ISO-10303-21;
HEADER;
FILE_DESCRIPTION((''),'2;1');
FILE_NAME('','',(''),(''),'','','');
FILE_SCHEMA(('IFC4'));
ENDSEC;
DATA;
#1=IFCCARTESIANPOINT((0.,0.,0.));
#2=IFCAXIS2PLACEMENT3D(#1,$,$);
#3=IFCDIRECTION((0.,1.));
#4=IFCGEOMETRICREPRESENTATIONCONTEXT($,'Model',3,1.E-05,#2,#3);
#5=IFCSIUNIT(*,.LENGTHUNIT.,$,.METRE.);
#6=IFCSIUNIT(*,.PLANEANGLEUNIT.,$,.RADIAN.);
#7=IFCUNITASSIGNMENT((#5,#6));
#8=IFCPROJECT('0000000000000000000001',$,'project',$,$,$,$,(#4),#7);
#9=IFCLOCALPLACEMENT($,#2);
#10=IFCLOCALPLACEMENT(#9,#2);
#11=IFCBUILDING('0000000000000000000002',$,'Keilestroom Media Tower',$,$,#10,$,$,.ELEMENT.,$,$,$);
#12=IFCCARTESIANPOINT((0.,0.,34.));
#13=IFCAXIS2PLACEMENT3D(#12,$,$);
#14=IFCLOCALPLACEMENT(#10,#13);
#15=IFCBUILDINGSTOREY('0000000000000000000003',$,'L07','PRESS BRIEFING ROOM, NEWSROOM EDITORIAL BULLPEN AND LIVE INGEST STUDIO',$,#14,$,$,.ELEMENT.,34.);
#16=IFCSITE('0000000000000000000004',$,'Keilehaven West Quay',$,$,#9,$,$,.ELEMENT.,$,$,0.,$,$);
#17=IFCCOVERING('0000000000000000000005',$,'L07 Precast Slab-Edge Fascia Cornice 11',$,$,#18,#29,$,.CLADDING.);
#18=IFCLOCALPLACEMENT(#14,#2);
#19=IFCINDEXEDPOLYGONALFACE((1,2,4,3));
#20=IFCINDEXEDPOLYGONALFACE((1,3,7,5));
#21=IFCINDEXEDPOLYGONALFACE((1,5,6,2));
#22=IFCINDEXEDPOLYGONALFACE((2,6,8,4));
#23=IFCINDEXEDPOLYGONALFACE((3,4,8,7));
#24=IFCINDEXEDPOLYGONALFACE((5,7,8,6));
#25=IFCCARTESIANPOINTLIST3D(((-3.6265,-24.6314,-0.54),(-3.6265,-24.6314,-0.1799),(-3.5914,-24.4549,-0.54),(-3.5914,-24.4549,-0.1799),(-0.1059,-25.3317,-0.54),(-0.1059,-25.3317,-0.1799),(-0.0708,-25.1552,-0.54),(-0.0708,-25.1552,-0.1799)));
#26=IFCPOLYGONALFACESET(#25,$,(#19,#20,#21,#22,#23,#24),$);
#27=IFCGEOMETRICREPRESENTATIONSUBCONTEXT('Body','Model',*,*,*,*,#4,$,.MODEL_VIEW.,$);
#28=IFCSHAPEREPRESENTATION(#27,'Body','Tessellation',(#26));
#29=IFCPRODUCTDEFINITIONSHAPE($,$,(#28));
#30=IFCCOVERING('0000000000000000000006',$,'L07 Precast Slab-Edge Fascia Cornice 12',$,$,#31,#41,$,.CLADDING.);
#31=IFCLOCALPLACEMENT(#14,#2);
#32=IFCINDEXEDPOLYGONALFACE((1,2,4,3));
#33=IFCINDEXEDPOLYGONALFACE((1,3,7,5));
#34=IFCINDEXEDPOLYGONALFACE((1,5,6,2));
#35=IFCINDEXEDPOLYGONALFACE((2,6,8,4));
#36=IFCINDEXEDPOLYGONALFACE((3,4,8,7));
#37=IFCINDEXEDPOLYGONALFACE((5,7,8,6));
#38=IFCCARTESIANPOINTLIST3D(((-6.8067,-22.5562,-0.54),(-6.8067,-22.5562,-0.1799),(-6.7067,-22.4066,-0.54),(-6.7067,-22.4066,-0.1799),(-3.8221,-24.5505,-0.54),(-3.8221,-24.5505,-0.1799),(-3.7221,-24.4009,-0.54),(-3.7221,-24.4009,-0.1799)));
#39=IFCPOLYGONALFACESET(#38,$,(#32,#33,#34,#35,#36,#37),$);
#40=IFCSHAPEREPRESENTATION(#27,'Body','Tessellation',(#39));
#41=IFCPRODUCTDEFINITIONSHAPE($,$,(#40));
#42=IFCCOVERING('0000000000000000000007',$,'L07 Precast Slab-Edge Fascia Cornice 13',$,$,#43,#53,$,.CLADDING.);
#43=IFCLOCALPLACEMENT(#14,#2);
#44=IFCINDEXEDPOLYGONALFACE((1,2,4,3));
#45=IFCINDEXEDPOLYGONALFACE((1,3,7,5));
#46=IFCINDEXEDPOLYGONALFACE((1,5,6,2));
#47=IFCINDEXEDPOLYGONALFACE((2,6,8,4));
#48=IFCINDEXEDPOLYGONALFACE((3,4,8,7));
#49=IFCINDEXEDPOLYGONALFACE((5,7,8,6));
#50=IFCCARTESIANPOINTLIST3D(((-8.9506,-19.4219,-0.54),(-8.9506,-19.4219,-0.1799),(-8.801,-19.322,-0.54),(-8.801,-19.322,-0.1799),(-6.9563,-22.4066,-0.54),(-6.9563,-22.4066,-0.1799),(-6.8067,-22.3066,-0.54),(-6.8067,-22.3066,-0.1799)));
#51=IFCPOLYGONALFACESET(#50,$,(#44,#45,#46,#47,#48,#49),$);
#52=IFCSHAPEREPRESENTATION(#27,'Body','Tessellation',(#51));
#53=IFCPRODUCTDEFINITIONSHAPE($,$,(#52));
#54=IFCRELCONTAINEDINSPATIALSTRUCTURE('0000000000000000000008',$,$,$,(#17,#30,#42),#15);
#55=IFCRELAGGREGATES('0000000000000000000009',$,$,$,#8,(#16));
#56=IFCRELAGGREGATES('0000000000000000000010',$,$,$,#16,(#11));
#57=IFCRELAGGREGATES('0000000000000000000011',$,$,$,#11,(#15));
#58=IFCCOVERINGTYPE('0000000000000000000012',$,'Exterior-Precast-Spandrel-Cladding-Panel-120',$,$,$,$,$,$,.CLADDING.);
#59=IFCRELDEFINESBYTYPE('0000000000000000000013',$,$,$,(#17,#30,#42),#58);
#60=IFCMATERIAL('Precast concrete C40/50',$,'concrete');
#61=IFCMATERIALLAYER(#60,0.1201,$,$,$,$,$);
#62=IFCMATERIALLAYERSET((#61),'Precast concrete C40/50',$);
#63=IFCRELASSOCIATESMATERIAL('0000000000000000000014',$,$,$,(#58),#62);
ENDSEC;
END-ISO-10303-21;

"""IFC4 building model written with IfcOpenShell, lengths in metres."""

from ifc_helpers import new_model, si_unit, direction, frame, origin, origin_2d, place, context, subcontext, project, spatial, rectangle, extrude, source, transform, mapped, material, layer, layer_set, type_object, element, save


model = new_model("IFC4")

# Units and contexts
model_context = context("Model", 3, precision=1e-05, world=origin(), true_north=direction((0.0, 1.0)))
body_context = subcontext(model_context, "Body", "Model", "MODEL_VIEW")
ifc_project = project(units=[si_unit("LENGTHUNIT", "METRE"), si_unit("PLANEANGLEUNIT", "RADIAN")], contexts=[model_context])

# Site, building, storey
site_placement = place(None, origin())
site = spatial("IfcSite", under=ifc_project, at=site_placement, Name="Keilehaven West Quay", CompositionType="ELEMENT", RefElevation=0.0)
building_placement = place(site_placement, origin())
building = spatial("IfcBuilding", under=site, at=building_placement, Name="Keilestroom Media Tower", CompositionType="ELEMENT")
storey_placement = place(building_placement, frame((0.0, 0.0, 34.0)))
storey = spatial("IfcBuildingStorey", under=building, at=storey_placement, Name="L07", Description="PRESS BRIEFING ROOM, NEWSROOM EDITORIAL BULLPEN AND LIVE INGEST STUDIO", CompositionType="ELEMENT", Elevation=34.0)

# Shared definitions
ifc_material_1 = material(Name="Precast concrete C40/50", Category="concrete")

# Coverings
ifc_layer_1 = layer(ifc_material_1, 0.1201)
ifc_layer_set_1 = layer_set([ifc_layer_1], Name="Precast concrete C40/50")
covering_type = type_object("IfcCoveringType", Name="Exterior-Precast-Spandrel-Cladding-Panel-120", PredefinedType="CLADDING", material=ifc_layer_set_1)
shared_shape_1 = source(origin(), body_context, "Body", "SweptSolid", [
    extrude(rectangle(XDim=3.5896, YDim=0.1799, at=origin_2d()), origin(), (0.0, 0.0, 1.0), 0.3601),
])
for number, where, z_axis, x_axis, name in (
    (1, (-1.8486, -24.8933, -0.54), (0.0, 0.0, 1.0), (-0.980784, 0.195099, 0.0), "L07 Precast Slab-Edge Fascia Cornice 11"),
    (2, (-5.2644, -23.4785, -0.54), (0.0, 0.0, 1.0), (-0.831467, 0.555575, 0.0), "L07 Precast Slab-Edge Fascia Cornice 12"),
    (3, (-7.8787, -20.8643, -0.54), (0.0, 0.0, 1.0), (-0.555575, 0.831467, 0.0), "L07 Precast Slab-Edge Fascia Cornice 13"),
):
    element("IfcCovering", number, at=place(storey_placement, frame(where, z_axis=z_axis, x_axis=x_axis)), inside=storey, type_object=covering_type, Name=name, PredefinedType="CLADDING", context=body_context, shape_type="MappedRepresentation", body=[
        mapped(shared_shape_1, transform((0.0, 0.0, 0.0), x_axis=(1.0, 0.0, 0.0), y_axis=(0.0, 1.0, 0.0), z_axis=(0.0, 0.0, 1.0), scale=1.0)),
    ])

save(model, "model.ifc")
